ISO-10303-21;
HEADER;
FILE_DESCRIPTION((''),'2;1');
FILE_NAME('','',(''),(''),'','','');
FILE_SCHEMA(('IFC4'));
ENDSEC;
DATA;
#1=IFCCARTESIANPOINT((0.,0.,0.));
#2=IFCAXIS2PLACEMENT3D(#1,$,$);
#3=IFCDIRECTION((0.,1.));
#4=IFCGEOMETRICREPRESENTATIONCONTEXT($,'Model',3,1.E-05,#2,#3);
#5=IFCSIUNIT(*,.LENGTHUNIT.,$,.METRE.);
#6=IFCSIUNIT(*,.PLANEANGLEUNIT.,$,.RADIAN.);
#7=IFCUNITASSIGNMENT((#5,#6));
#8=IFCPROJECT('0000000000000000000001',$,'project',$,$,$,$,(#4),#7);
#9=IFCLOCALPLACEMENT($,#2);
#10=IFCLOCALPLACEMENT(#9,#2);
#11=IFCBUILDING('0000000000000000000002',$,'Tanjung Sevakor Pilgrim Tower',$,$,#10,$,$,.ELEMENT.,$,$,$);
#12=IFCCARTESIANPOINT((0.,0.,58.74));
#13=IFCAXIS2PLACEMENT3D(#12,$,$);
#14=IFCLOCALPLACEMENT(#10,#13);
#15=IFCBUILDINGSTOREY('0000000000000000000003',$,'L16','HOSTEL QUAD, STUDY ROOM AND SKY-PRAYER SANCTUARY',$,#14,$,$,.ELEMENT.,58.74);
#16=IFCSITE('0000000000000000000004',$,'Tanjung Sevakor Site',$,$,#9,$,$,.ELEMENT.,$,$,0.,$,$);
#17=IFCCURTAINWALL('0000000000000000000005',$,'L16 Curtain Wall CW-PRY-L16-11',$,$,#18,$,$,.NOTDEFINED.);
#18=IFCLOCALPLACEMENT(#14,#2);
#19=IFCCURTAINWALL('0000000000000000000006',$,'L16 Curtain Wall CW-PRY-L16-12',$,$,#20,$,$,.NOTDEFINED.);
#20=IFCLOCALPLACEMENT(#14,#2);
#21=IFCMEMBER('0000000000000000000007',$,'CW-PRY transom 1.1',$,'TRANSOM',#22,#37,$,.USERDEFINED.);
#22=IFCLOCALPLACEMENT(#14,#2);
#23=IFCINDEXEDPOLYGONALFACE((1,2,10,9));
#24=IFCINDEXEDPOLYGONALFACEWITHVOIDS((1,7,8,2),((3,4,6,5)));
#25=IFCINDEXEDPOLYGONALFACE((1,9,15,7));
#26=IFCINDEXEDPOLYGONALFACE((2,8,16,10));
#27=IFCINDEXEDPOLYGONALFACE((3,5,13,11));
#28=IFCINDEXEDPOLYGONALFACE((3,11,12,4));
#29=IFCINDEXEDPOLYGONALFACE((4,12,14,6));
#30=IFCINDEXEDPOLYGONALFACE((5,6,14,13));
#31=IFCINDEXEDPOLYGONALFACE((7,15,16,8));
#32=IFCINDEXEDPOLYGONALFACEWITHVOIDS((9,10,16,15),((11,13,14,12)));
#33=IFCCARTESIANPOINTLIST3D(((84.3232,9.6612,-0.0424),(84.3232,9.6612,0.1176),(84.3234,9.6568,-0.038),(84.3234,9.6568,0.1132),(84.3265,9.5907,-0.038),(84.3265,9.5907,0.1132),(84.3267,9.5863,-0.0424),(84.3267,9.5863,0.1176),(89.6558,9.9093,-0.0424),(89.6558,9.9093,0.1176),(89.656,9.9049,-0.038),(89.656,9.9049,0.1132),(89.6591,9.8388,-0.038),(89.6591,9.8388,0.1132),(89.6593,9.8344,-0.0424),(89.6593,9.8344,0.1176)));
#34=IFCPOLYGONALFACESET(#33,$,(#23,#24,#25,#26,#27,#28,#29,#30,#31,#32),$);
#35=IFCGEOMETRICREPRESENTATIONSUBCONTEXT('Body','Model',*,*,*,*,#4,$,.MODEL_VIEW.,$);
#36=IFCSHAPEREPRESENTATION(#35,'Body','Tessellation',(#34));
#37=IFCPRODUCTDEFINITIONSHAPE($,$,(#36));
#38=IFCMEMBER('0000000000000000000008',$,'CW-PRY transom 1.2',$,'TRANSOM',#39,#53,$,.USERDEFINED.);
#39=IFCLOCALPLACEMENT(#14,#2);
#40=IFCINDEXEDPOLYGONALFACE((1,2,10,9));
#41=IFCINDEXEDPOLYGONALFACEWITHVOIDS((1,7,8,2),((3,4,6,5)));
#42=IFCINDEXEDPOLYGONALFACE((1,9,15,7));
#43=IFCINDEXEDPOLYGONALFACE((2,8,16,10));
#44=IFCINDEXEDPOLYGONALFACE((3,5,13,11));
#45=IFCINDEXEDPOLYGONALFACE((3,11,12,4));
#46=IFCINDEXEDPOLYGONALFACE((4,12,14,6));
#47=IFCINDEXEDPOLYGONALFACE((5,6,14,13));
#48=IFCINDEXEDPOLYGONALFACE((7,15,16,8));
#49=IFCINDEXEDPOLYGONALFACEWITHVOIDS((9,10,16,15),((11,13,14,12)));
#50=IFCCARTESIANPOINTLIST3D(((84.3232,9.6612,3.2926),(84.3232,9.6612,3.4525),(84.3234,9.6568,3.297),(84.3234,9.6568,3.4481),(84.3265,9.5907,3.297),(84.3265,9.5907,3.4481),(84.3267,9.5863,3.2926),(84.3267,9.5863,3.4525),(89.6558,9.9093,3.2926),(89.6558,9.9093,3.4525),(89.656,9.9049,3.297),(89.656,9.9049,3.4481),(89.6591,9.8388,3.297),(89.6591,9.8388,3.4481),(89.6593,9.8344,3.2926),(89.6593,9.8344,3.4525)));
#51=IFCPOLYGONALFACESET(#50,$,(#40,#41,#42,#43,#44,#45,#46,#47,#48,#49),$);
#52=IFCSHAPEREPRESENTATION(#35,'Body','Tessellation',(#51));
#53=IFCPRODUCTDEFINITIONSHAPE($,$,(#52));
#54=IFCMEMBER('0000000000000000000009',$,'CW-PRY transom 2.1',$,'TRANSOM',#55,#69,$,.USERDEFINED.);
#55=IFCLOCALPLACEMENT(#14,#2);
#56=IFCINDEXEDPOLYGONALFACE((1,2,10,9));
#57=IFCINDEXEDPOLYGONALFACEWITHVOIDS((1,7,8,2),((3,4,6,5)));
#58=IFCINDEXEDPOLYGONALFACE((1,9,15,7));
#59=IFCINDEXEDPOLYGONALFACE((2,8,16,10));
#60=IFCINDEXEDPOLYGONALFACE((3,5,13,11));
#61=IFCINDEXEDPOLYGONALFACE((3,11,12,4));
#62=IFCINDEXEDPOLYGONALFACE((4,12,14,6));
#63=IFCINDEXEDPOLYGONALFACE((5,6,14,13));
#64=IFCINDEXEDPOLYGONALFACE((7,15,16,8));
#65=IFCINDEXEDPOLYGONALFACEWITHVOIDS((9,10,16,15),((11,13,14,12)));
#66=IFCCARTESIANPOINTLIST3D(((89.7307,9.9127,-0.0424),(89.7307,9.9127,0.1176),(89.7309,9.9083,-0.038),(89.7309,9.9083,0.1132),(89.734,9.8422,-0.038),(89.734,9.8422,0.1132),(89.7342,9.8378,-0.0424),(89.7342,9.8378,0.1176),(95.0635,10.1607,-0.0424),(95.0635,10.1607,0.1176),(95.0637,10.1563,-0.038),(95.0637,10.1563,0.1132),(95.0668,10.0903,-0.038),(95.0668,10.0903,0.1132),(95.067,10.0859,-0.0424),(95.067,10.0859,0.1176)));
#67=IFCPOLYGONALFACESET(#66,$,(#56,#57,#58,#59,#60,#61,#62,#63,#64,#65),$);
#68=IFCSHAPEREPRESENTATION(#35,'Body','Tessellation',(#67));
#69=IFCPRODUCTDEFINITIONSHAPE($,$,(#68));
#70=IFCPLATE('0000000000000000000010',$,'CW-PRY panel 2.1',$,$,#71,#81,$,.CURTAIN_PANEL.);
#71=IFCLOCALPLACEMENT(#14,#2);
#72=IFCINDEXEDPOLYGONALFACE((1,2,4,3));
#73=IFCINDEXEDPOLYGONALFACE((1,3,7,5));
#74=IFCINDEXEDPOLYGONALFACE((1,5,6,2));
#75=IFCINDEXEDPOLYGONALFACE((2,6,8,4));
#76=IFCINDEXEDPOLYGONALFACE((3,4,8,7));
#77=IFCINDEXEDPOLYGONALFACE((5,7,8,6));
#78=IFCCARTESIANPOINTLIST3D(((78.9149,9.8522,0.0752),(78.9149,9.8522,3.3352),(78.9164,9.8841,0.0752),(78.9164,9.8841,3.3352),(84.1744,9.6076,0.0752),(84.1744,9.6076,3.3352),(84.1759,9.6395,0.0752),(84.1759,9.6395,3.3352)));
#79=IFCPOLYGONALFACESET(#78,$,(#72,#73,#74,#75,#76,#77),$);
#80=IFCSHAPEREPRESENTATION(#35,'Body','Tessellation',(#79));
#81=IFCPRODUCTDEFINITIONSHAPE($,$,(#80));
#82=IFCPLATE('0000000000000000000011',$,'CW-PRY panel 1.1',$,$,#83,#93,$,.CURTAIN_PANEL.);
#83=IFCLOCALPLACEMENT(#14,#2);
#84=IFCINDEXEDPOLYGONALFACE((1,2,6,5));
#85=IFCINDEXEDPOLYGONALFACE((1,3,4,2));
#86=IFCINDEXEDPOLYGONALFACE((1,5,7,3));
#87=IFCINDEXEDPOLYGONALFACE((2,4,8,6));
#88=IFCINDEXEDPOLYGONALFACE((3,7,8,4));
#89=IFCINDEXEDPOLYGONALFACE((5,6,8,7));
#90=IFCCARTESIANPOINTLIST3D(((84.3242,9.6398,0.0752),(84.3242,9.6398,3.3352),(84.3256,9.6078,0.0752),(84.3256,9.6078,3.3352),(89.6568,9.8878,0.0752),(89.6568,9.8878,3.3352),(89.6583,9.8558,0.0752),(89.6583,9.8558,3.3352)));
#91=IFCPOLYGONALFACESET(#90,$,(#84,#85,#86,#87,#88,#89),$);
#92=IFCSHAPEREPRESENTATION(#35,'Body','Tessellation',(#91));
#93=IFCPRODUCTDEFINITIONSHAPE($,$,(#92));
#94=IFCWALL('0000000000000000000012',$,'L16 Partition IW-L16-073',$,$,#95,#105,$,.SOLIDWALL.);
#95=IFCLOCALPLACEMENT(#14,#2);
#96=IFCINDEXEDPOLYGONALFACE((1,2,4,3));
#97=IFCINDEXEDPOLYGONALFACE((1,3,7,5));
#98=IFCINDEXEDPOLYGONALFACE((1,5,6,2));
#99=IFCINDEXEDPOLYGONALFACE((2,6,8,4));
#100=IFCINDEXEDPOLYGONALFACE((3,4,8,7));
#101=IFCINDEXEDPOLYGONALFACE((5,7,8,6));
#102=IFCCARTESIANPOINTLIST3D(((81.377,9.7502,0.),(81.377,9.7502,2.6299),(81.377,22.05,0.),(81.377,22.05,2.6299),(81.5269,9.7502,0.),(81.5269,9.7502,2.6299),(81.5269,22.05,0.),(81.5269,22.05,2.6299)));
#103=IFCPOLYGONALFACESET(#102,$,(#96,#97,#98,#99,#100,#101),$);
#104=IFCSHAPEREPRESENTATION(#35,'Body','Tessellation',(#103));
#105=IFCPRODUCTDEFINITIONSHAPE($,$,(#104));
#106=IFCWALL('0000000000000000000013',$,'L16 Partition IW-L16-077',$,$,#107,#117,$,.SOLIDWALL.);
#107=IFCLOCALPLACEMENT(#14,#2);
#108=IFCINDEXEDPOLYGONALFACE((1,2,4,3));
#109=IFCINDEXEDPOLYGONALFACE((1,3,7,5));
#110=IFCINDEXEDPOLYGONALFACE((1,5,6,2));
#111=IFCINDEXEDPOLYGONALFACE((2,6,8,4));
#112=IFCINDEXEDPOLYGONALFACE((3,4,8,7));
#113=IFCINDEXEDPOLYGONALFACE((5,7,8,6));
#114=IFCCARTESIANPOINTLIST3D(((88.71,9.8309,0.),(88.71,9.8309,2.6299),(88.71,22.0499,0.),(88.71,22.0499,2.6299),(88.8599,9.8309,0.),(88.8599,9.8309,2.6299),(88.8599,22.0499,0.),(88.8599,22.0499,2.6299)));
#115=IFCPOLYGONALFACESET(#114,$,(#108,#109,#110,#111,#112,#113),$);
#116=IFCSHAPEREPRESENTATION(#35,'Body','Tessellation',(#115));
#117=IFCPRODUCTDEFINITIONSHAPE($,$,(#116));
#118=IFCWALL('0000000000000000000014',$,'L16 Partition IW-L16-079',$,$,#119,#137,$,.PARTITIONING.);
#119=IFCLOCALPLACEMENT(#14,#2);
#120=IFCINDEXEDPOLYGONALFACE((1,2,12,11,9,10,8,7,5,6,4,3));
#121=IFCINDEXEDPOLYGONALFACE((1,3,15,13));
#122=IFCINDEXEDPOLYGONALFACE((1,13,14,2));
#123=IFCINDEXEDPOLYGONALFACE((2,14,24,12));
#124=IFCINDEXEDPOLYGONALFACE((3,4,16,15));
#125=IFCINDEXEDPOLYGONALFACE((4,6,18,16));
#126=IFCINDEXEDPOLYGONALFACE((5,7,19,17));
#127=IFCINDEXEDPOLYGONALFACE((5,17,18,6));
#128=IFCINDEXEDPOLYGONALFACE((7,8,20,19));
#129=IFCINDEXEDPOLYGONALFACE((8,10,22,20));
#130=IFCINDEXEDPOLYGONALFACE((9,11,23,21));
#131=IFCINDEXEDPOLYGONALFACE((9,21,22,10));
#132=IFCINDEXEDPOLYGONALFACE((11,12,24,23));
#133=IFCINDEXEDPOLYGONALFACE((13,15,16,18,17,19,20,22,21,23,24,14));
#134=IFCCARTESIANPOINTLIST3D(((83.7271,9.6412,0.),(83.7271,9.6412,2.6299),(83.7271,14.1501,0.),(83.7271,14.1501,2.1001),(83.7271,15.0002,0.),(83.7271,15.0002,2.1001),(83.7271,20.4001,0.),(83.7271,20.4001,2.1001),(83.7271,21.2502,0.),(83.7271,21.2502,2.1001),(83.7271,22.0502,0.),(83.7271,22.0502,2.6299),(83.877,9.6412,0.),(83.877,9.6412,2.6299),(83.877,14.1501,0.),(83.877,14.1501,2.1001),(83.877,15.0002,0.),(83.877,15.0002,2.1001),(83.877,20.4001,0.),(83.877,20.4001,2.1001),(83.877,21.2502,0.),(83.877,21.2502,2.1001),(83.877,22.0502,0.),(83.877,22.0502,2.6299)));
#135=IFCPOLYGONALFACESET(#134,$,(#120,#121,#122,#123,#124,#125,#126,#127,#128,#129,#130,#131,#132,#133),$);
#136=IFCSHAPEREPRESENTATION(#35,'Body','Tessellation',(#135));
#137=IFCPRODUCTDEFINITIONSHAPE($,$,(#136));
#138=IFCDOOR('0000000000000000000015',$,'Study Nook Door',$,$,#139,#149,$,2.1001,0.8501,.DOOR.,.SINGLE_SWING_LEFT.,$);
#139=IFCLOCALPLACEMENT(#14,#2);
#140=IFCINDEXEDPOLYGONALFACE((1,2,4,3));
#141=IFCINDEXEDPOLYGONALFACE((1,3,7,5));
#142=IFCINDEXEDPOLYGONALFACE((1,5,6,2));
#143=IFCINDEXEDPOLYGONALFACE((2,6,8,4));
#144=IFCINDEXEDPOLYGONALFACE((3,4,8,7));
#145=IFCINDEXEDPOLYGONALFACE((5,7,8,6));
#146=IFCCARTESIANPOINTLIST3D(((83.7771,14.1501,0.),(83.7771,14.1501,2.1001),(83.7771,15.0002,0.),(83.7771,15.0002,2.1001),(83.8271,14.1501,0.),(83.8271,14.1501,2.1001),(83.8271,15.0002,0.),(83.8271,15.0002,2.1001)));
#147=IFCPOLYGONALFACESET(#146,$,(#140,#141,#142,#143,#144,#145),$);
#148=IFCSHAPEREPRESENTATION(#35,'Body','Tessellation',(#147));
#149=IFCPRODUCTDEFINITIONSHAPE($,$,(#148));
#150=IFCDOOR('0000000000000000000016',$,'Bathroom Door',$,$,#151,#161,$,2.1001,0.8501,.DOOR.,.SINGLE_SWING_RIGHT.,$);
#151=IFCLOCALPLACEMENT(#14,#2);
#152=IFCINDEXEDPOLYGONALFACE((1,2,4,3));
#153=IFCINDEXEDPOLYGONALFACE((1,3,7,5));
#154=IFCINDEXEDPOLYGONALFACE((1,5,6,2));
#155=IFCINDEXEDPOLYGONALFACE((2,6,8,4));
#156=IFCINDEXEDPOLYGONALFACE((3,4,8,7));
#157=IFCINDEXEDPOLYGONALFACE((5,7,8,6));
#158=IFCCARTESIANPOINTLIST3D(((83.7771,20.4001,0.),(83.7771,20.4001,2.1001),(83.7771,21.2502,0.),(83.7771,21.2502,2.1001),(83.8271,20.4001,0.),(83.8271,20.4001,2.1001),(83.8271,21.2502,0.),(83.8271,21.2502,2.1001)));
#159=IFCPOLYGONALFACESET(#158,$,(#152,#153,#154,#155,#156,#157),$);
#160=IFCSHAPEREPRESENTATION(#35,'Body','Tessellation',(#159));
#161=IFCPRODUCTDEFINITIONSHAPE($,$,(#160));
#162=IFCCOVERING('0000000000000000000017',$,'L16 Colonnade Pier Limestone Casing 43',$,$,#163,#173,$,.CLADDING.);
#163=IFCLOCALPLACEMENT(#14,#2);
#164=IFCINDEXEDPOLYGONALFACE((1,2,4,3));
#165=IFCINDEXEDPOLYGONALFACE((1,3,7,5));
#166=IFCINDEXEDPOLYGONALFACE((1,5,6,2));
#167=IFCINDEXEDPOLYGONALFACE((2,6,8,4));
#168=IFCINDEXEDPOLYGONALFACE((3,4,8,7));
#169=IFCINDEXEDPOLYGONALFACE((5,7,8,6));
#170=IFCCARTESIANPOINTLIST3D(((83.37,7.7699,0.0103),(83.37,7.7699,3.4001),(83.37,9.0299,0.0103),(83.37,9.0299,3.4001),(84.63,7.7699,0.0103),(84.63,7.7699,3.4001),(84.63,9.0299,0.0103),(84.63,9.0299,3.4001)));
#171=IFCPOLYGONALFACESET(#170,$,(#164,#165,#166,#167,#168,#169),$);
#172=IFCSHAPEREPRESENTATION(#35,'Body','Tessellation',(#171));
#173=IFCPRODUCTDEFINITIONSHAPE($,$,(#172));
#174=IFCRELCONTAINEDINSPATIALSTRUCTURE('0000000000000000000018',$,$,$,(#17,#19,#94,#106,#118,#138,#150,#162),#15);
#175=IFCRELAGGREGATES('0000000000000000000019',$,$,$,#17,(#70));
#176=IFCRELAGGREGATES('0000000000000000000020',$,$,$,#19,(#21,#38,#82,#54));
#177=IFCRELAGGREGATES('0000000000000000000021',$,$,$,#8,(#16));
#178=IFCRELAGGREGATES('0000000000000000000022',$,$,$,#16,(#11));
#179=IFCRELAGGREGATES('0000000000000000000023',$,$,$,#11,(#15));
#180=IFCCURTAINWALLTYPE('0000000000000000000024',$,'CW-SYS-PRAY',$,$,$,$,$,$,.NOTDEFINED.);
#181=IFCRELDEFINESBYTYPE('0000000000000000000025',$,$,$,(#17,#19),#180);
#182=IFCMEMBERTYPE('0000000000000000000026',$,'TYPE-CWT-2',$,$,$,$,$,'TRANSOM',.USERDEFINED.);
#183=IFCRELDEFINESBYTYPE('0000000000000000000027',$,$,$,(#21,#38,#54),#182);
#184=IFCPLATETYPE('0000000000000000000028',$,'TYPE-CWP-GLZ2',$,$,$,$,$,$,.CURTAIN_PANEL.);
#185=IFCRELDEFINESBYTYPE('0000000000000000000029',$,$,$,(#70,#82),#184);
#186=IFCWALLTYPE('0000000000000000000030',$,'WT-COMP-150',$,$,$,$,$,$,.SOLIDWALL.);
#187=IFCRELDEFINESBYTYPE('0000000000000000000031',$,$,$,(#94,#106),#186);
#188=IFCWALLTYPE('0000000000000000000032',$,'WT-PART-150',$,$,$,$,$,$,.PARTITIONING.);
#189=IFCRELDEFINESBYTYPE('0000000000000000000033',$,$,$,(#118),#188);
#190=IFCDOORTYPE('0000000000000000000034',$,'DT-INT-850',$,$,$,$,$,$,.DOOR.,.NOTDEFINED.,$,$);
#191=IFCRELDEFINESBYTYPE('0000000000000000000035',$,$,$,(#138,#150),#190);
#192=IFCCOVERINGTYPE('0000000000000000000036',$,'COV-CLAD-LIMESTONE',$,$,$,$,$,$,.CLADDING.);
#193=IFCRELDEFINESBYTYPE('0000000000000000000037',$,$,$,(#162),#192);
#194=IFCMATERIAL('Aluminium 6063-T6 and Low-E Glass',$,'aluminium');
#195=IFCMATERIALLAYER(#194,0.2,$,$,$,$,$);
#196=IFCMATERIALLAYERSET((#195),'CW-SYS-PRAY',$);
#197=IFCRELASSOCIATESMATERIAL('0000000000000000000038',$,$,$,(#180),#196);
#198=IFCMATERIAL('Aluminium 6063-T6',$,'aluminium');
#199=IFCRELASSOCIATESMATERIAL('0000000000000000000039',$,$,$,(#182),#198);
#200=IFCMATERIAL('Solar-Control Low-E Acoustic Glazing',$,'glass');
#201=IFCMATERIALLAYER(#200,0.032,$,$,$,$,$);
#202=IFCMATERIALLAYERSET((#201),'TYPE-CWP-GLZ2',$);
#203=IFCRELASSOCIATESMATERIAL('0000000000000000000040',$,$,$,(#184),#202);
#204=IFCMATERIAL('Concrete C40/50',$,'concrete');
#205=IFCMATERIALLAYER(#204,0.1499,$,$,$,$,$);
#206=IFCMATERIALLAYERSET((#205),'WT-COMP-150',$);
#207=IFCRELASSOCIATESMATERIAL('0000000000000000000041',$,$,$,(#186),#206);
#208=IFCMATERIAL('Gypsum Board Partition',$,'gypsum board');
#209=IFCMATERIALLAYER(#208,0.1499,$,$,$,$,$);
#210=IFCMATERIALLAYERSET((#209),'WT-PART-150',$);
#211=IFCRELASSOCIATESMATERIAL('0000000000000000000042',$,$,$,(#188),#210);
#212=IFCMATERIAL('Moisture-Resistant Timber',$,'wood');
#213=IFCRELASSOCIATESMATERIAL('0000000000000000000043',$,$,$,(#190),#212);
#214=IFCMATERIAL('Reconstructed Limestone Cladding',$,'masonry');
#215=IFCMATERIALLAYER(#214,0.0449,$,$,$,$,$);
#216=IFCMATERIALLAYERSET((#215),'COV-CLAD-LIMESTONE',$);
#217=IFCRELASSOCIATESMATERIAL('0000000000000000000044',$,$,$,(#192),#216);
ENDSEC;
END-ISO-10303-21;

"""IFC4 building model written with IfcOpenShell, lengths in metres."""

from ifc_helpers import new_model, si_unit, direction, frame, frame_2d, origin, origin_2d, place, context, subcontext, project, spatial, rectangle, hollow_rectangle, extrude, material, layer, layer_set, material_profile, profile_set, type_object, element, fill, aggregate, save


model = new_model("IFC4")

# Units and contexts
model_context = context("Model", 3, precision=1e-05, world=origin(), true_north=direction((0.0, 1.0)))
body_context = subcontext(model_context, "Body", "Model", "MODEL_VIEW")
ifc_project = project(units=[si_unit("LENGTHUNIT", "METRE"), si_unit("PLANEANGLEUNIT", "RADIAN")], contexts=[model_context])

# Site, building, storey
site_placement = place(None, origin())
site = spatial("IfcSite", under=ifc_project, at=site_placement, Name="Tanjung Sevakor Site", CompositionType="ELEMENT", RefElevation=0.0)
building_placement = place(site_placement, origin())
building = spatial("IfcBuilding", under=site, at=building_placement, Name="Tanjung Sevakor Pilgrim Tower", CompositionType="ELEMENT")
storey_placement = place(building_placement, frame((0.0, 0.0, 58.74)))
storey = spatial("IfcBuildingStorey", under=building, at=storey_placement, Name="L16", Description="HOSTEL QUAD, STUDY ROOM AND SKY-PRAYER SANCTUARY", CompositionType="ELEMENT", Elevation=58.74)

# Curtain wall
ifc_material_1 = material(Name="Aluminium 6063-T6 and Low-E Glass", Category="aluminium")
ifc_layer_1 = layer(ifc_material_1, 0.2)
ifc_layer_set_1 = layer_set([ifc_layer_1], Name="CW-SYS-PRAY")
curtain_wall_type = type_object("IfcCurtainWallType", Name="CW-SYS-PRAY", PredefinedType="NOTDEFINED", material=ifc_layer_set_1)
curtain_wall_1_placement = place(storey_placement, origin())
curtain_wall_1 = element("IfcCurtainWall", 1, at=curtain_wall_1_placement, inside=storey, type_object=curtain_wall_type, Name="L16 Curtain Wall CW-PRY-L16-11", PredefinedType="NOTDEFINED")

# Curtain wall, members
curtain_wall_2_placement = place(storey_placement, origin())
curtain_wall_2 = element("IfcCurtainWall", 2, at=curtain_wall_2_placement, inside=storey, type_object=curtain_wall_type, Name="L16 Curtain Wall CW-PRY-L16-12", PredefinedType="NOTDEFINED")
ifc_material_2 = material(Name="Aluminium 6063-T6", Category="aluminium")
ifc_material_profile_1 = material_profile(ifc_material_2, hollow_rectangle(XDim=0.075, YDim=0.1599, WallThickness=0.0044, at=origin_2d()))
ifc_profile_set_1 = profile_set([ifc_material_profile_1], Name="Aluminium 6063-T6")
member_type_1 = type_object("IfcMemberType", Name="TYPE-CWT-2", ElementType="TRANSOM", PredefinedType="USERDEFINED", material=ifc_profile_set_1)
member_1_placement = place(storey_placement, frame((84.325, 9.6238, 0.0376), z_axis=(0.99892, 0.046466, 0.0), x_axis=(-0.046466, 0.99892, 0.0)))
member_1 = element("IfcMember", 3, at=member_1_placement, type_object=member_type_1, Name="CW-PRY transom 1.1", ObjectType="TRANSOM", PredefinedType="USERDEFINED", context=body_context, shape_type="SweptSolid", body=[
    extrude(hollow_rectangle(XDim=0.075, YDim=0.1599, WallThickness=0.0044, at=origin_2d()), origin(), (0.0, 0.0, 1.0), 5.3384),
])
member_2_placement = place(storey_placement, frame((84.325, 9.6238, 3.3726), z_axis=(0.99892, 0.046466, 0.0), x_axis=(-0.046466, 0.99892, 0.0)))
member_2 = element("IfcMember", 4, at=member_2_placement, type_object=member_type_1, Name="CW-PRY transom 1.2", ObjectType="TRANSOM", PredefinedType="USERDEFINED", context=body_context, shape_type="SweptSolid", body=[
    extrude(hollow_rectangle(XDim=0.075, YDim=0.1599, WallThickness=0.0044, at=origin_2d()), origin(), (0.0, 0.0, 1.0), 5.3384),
])
member_3_placement = place(storey_placement, frame((89.7324, 9.8752, 0.0376), z_axis=(0.99892, 0.046464, 0.0), x_axis=(-0.046464, 0.99892, 0.0)))
member_3 = element("IfcMember", 5, at=member_3_placement, type_object=member_type_1, Name="CW-PRY transom 2.1", ObjectType="TRANSOM", PredefinedType="USERDEFINED", context=body_context, shape_type="SweptSolid", body=[
    extrude(hollow_rectangle(XDim=0.075, YDim=0.1599, WallThickness=0.0044, at=origin_2d()), origin(), (0.0, 0.0, 1.0), 5.3386),
])

# Plates
ifc_material_3 = material(Name="Solar-Control Low-E Acoustic Glazing", Category="glass")
ifc_layer_2 = layer(ifc_material_3, 0.032)
ifc_layer_set_2 = layer_set([ifc_layer_2], Name="TYPE-CWP-GLZ2")
plate_type = type_object("IfcPlateType", Name="TYPE-CWP-GLZ2", PredefinedType="CURTAIN_PANEL", material=ifc_layer_set_2)
plate_1_placement = place(storey_placement, frame((81.5454, 9.7458, 0.0752), z_axis=(0.0, 0.0, 1.0), x_axis=(0.998921, -0.046452, 0.0)))
plate_1 = element("IfcPlate", 6, at=plate_1_placement, type_object=plate_type, Name="CW-PRY panel 2.1", PredefinedType="CURTAIN_PANEL", context=body_context, shape_type="SweptSolid", body=[
    extrude(rectangle(XDim=5.2651, YDim=0.032, at=origin_2d()), origin(), (0.0, 0.0, 1.0), 3.26),
])
aggregate(curtain_wall_1, [plate_1])
plate_2_placement = place(storey_placement, frame((86.9912, 9.7478, 0.0752), z_axis=(0.0, 0.0, 1.0), x_axis=(0.99892, 0.04646, 0.0)))
plate_2 = element("IfcPlate", 7, at=plate_2_placement, type_object=plate_type, Name="CW-PRY panel 1.1", PredefinedType="CURTAIN_PANEL", context=body_context, shape_type="SweptSolid", body=[
    extrude(rectangle(XDim=5.3384, YDim=0.032, at=origin_2d()), origin(), (0.0, 0.0, 1.0), 3.26),
])
aggregate(curtain_wall_2, [member_1, member_2, plate_2, member_3])

# Walls
ifc_material_4 = material(Name="Concrete C40/50", Category="concrete")
ifc_layer_3 = layer(ifc_material_4, 0.1499)
ifc_layer_set_3 = layer_set([ifc_layer_3], Name="WT-COMP-150")
wall_type_1 = type_object("IfcWallType", Name="WT-COMP-150", PredefinedType="SOLIDWALL", material=ifc_layer_set_3)
wall_1_placement = place(storey_placement, frame((81.4519, 9.7502, 0.0), z_axis=(0.0, 0.0, 1.0), x_axis=(0.0, 1.0, 0.0)))
element("IfcWall", 8, at=wall_1_placement, inside=storey, type_object=wall_type_1, Name="L16 Partition IW-L16-073", PredefinedType="SOLIDWALL", context=body_context, shape_type="SweptSolid", body=[
    extrude(rectangle(XDim=12.2998, YDim=0.1499, at=frame_2d((6.1499, 0.0))), origin(), (0.0, 0.0, 1.0), 2.6299),
])
wall_2_placement = place(storey_placement, frame((88.7849, 9.8311, 0.0), z_axis=(0.0, 0.0, 1.0), x_axis=(0.0, 1.0, 0.0)))
element("IfcWall", 9, at=wall_2_placement, inside=storey, type_object=wall_type_1, Name="L16 Partition IW-L16-077", PredefinedType="SOLIDWALL", context=body_context, shape_type="SweptSolid", body=[
    extrude(rectangle(XDim=12.219, YDim=0.1499, at=frame_2d((6.1094, 0.0))), origin(), (0.0, 0.0, 1.0), 2.6299),
])

# Wall, openings, doors
ifc_material_5 = material(Name="Gypsum Board Partition", Category="gypsum board")
ifc_layer_4 = layer(ifc_material_5, 0.1499)
ifc_layer_set_4 = layer_set([ifc_layer_4], Name="WT-PART-150")
wall_type_2 = type_object("IfcWallType", Name="WT-PART-150", PredefinedType="PARTITIONING", material=ifc_layer_set_4)
wall_3_placement = place(storey_placement, frame((83.802, 9.6411, 0.0), z_axis=(0.0, 0.0, 1.0), x_axis=(0.0, 1.0, 0.0)))
wall_3 = element("IfcWall", 10, at=wall_3_placement, inside=storey, type_object=wall_type_2, Name="L16 Partition IW-L16-079", PredefinedType="PARTITIONING", context=body_context, shape_type="SweptSolid", body=[
    extrude(rectangle(XDim=12.4089, YDim=0.1499, at=frame_2d((6.2046, 0.0))), origin(), (0.0, 0.0, 1.0), 2.6299),
])
opening_1_placement = place(wall_3_placement, frame((4.509, 0.0, 0.0)))
opening_1 = element("IfcOpeningElement", 11, at=opening_1_placement, cuts=wall_3, PredefinedType="OPENING", context=body_context, shape_type="SweptSolid", body=[
    extrude(rectangle(XDim=0.8501, YDim=2.1001, at=frame_2d((0.425, 1.05))), frame((0.0, 0.085, 0.0), z_axis=(0.0, -1.0, 0.0), x_axis=(1.0, 0.0, 0.0)), (0.0, 0.0, 1.0), 0.1699),
])
opening_2_placement = place(wall_3_placement, frame((10.759, 0.0, 0.0)))
opening_2 = element("IfcOpeningElement", 12, at=opening_2_placement, cuts=wall_3, PredefinedType="OPENING", context=body_context, shape_type="SweptSolid", body=[
    extrude(rectangle(XDim=0.8501, YDim=2.1001, at=frame_2d((0.425, 1.05))), frame((0.0, 0.085, 0.0), z_axis=(0.0, -1.0, 0.0), x_axis=(1.0, 0.0, 0.0)), (0.0, 0.0, 1.0), 0.1699),
])
ifc_material_6 = material(Name="Moisture-Resistant Timber", Category="wood")
door_type = type_object("IfcDoorType", Name="DT-INT-850", OperationType="NOTDEFINED", PredefinedType="DOOR", material=ifc_material_6)
door_1_placement = place(opening_1_placement, origin())
door_1 = element("IfcDoor", 13, at=door_1_placement, inside=storey, type_object=door_type, Name="Study Nook Door", OperationType="SINGLE_SWING_LEFT", OverallHeight=2.1001, OverallWidth=0.8501, PredefinedType="DOOR", context=body_context, shape_type="SweptSolid", body=[
    extrude(rectangle(XDim=0.8501, YDim=2.1001, at=frame_2d((0.425, 1.05))), frame((0.0, 0.0249, 0.0), z_axis=(0.0, -1.0, 0.0), x_axis=(1.0, 0.0, 0.0)), (0.0, 0.0, 1.0), 0.05),
])
fill(opening_1, door_1)
door_2_placement = place(opening_2_placement, origin())
door_2 = element("IfcDoor", 14, at=door_2_placement, inside=storey, type_object=door_type, Name="Bathroom Door", OperationType="SINGLE_SWING_RIGHT", OverallHeight=2.1001, OverallWidth=0.8501, PredefinedType="DOOR", context=body_context, shape_type="SweptSolid", body=[
    extrude(rectangle(XDim=0.8501, YDim=2.1001, at=frame_2d((0.425, 1.05))), frame((0.0, 0.0249, 0.0), z_axis=(0.0, -1.0, 0.0), x_axis=(1.0, 0.0, 0.0)), (0.0, 0.0, 1.0), 0.05),
])
fill(opening_2, door_2)

# Covering
ifc_material_7 = material(Name="Reconstructed Limestone Cladding", Category="masonry")
ifc_layer_5 = layer(ifc_material_7, 0.0449)
ifc_layer_set_5 = layer_set([ifc_layer_5], Name="COV-CLAD-LIMESTONE")
covering_type = type_object("IfcCoveringType", Name="COV-CLAD-LIMESTONE", PredefinedType="CLADDING", material=ifc_layer_set_5)
covering_placement = place(storey_placement, frame((84.0, 8.3999, 0.0103), z_axis=(0.0, 0.0, 1.0), x_axis=(1.0, 0.0, 0.0)))
element("IfcCovering", 15, at=covering_placement, inside=storey, type_object=covering_type, Name="L16 Colonnade Pier Limestone Casing 43", PredefinedType="CLADDING", context=body_context, shape_type="SweptSolid", body=[
    extrude(rectangle(XDim=1.26, YDim=1.26, at=origin_2d()), origin(), (0.0, 0.0, 1.0), 3.3899),
])

save(model, "model.ifc")
